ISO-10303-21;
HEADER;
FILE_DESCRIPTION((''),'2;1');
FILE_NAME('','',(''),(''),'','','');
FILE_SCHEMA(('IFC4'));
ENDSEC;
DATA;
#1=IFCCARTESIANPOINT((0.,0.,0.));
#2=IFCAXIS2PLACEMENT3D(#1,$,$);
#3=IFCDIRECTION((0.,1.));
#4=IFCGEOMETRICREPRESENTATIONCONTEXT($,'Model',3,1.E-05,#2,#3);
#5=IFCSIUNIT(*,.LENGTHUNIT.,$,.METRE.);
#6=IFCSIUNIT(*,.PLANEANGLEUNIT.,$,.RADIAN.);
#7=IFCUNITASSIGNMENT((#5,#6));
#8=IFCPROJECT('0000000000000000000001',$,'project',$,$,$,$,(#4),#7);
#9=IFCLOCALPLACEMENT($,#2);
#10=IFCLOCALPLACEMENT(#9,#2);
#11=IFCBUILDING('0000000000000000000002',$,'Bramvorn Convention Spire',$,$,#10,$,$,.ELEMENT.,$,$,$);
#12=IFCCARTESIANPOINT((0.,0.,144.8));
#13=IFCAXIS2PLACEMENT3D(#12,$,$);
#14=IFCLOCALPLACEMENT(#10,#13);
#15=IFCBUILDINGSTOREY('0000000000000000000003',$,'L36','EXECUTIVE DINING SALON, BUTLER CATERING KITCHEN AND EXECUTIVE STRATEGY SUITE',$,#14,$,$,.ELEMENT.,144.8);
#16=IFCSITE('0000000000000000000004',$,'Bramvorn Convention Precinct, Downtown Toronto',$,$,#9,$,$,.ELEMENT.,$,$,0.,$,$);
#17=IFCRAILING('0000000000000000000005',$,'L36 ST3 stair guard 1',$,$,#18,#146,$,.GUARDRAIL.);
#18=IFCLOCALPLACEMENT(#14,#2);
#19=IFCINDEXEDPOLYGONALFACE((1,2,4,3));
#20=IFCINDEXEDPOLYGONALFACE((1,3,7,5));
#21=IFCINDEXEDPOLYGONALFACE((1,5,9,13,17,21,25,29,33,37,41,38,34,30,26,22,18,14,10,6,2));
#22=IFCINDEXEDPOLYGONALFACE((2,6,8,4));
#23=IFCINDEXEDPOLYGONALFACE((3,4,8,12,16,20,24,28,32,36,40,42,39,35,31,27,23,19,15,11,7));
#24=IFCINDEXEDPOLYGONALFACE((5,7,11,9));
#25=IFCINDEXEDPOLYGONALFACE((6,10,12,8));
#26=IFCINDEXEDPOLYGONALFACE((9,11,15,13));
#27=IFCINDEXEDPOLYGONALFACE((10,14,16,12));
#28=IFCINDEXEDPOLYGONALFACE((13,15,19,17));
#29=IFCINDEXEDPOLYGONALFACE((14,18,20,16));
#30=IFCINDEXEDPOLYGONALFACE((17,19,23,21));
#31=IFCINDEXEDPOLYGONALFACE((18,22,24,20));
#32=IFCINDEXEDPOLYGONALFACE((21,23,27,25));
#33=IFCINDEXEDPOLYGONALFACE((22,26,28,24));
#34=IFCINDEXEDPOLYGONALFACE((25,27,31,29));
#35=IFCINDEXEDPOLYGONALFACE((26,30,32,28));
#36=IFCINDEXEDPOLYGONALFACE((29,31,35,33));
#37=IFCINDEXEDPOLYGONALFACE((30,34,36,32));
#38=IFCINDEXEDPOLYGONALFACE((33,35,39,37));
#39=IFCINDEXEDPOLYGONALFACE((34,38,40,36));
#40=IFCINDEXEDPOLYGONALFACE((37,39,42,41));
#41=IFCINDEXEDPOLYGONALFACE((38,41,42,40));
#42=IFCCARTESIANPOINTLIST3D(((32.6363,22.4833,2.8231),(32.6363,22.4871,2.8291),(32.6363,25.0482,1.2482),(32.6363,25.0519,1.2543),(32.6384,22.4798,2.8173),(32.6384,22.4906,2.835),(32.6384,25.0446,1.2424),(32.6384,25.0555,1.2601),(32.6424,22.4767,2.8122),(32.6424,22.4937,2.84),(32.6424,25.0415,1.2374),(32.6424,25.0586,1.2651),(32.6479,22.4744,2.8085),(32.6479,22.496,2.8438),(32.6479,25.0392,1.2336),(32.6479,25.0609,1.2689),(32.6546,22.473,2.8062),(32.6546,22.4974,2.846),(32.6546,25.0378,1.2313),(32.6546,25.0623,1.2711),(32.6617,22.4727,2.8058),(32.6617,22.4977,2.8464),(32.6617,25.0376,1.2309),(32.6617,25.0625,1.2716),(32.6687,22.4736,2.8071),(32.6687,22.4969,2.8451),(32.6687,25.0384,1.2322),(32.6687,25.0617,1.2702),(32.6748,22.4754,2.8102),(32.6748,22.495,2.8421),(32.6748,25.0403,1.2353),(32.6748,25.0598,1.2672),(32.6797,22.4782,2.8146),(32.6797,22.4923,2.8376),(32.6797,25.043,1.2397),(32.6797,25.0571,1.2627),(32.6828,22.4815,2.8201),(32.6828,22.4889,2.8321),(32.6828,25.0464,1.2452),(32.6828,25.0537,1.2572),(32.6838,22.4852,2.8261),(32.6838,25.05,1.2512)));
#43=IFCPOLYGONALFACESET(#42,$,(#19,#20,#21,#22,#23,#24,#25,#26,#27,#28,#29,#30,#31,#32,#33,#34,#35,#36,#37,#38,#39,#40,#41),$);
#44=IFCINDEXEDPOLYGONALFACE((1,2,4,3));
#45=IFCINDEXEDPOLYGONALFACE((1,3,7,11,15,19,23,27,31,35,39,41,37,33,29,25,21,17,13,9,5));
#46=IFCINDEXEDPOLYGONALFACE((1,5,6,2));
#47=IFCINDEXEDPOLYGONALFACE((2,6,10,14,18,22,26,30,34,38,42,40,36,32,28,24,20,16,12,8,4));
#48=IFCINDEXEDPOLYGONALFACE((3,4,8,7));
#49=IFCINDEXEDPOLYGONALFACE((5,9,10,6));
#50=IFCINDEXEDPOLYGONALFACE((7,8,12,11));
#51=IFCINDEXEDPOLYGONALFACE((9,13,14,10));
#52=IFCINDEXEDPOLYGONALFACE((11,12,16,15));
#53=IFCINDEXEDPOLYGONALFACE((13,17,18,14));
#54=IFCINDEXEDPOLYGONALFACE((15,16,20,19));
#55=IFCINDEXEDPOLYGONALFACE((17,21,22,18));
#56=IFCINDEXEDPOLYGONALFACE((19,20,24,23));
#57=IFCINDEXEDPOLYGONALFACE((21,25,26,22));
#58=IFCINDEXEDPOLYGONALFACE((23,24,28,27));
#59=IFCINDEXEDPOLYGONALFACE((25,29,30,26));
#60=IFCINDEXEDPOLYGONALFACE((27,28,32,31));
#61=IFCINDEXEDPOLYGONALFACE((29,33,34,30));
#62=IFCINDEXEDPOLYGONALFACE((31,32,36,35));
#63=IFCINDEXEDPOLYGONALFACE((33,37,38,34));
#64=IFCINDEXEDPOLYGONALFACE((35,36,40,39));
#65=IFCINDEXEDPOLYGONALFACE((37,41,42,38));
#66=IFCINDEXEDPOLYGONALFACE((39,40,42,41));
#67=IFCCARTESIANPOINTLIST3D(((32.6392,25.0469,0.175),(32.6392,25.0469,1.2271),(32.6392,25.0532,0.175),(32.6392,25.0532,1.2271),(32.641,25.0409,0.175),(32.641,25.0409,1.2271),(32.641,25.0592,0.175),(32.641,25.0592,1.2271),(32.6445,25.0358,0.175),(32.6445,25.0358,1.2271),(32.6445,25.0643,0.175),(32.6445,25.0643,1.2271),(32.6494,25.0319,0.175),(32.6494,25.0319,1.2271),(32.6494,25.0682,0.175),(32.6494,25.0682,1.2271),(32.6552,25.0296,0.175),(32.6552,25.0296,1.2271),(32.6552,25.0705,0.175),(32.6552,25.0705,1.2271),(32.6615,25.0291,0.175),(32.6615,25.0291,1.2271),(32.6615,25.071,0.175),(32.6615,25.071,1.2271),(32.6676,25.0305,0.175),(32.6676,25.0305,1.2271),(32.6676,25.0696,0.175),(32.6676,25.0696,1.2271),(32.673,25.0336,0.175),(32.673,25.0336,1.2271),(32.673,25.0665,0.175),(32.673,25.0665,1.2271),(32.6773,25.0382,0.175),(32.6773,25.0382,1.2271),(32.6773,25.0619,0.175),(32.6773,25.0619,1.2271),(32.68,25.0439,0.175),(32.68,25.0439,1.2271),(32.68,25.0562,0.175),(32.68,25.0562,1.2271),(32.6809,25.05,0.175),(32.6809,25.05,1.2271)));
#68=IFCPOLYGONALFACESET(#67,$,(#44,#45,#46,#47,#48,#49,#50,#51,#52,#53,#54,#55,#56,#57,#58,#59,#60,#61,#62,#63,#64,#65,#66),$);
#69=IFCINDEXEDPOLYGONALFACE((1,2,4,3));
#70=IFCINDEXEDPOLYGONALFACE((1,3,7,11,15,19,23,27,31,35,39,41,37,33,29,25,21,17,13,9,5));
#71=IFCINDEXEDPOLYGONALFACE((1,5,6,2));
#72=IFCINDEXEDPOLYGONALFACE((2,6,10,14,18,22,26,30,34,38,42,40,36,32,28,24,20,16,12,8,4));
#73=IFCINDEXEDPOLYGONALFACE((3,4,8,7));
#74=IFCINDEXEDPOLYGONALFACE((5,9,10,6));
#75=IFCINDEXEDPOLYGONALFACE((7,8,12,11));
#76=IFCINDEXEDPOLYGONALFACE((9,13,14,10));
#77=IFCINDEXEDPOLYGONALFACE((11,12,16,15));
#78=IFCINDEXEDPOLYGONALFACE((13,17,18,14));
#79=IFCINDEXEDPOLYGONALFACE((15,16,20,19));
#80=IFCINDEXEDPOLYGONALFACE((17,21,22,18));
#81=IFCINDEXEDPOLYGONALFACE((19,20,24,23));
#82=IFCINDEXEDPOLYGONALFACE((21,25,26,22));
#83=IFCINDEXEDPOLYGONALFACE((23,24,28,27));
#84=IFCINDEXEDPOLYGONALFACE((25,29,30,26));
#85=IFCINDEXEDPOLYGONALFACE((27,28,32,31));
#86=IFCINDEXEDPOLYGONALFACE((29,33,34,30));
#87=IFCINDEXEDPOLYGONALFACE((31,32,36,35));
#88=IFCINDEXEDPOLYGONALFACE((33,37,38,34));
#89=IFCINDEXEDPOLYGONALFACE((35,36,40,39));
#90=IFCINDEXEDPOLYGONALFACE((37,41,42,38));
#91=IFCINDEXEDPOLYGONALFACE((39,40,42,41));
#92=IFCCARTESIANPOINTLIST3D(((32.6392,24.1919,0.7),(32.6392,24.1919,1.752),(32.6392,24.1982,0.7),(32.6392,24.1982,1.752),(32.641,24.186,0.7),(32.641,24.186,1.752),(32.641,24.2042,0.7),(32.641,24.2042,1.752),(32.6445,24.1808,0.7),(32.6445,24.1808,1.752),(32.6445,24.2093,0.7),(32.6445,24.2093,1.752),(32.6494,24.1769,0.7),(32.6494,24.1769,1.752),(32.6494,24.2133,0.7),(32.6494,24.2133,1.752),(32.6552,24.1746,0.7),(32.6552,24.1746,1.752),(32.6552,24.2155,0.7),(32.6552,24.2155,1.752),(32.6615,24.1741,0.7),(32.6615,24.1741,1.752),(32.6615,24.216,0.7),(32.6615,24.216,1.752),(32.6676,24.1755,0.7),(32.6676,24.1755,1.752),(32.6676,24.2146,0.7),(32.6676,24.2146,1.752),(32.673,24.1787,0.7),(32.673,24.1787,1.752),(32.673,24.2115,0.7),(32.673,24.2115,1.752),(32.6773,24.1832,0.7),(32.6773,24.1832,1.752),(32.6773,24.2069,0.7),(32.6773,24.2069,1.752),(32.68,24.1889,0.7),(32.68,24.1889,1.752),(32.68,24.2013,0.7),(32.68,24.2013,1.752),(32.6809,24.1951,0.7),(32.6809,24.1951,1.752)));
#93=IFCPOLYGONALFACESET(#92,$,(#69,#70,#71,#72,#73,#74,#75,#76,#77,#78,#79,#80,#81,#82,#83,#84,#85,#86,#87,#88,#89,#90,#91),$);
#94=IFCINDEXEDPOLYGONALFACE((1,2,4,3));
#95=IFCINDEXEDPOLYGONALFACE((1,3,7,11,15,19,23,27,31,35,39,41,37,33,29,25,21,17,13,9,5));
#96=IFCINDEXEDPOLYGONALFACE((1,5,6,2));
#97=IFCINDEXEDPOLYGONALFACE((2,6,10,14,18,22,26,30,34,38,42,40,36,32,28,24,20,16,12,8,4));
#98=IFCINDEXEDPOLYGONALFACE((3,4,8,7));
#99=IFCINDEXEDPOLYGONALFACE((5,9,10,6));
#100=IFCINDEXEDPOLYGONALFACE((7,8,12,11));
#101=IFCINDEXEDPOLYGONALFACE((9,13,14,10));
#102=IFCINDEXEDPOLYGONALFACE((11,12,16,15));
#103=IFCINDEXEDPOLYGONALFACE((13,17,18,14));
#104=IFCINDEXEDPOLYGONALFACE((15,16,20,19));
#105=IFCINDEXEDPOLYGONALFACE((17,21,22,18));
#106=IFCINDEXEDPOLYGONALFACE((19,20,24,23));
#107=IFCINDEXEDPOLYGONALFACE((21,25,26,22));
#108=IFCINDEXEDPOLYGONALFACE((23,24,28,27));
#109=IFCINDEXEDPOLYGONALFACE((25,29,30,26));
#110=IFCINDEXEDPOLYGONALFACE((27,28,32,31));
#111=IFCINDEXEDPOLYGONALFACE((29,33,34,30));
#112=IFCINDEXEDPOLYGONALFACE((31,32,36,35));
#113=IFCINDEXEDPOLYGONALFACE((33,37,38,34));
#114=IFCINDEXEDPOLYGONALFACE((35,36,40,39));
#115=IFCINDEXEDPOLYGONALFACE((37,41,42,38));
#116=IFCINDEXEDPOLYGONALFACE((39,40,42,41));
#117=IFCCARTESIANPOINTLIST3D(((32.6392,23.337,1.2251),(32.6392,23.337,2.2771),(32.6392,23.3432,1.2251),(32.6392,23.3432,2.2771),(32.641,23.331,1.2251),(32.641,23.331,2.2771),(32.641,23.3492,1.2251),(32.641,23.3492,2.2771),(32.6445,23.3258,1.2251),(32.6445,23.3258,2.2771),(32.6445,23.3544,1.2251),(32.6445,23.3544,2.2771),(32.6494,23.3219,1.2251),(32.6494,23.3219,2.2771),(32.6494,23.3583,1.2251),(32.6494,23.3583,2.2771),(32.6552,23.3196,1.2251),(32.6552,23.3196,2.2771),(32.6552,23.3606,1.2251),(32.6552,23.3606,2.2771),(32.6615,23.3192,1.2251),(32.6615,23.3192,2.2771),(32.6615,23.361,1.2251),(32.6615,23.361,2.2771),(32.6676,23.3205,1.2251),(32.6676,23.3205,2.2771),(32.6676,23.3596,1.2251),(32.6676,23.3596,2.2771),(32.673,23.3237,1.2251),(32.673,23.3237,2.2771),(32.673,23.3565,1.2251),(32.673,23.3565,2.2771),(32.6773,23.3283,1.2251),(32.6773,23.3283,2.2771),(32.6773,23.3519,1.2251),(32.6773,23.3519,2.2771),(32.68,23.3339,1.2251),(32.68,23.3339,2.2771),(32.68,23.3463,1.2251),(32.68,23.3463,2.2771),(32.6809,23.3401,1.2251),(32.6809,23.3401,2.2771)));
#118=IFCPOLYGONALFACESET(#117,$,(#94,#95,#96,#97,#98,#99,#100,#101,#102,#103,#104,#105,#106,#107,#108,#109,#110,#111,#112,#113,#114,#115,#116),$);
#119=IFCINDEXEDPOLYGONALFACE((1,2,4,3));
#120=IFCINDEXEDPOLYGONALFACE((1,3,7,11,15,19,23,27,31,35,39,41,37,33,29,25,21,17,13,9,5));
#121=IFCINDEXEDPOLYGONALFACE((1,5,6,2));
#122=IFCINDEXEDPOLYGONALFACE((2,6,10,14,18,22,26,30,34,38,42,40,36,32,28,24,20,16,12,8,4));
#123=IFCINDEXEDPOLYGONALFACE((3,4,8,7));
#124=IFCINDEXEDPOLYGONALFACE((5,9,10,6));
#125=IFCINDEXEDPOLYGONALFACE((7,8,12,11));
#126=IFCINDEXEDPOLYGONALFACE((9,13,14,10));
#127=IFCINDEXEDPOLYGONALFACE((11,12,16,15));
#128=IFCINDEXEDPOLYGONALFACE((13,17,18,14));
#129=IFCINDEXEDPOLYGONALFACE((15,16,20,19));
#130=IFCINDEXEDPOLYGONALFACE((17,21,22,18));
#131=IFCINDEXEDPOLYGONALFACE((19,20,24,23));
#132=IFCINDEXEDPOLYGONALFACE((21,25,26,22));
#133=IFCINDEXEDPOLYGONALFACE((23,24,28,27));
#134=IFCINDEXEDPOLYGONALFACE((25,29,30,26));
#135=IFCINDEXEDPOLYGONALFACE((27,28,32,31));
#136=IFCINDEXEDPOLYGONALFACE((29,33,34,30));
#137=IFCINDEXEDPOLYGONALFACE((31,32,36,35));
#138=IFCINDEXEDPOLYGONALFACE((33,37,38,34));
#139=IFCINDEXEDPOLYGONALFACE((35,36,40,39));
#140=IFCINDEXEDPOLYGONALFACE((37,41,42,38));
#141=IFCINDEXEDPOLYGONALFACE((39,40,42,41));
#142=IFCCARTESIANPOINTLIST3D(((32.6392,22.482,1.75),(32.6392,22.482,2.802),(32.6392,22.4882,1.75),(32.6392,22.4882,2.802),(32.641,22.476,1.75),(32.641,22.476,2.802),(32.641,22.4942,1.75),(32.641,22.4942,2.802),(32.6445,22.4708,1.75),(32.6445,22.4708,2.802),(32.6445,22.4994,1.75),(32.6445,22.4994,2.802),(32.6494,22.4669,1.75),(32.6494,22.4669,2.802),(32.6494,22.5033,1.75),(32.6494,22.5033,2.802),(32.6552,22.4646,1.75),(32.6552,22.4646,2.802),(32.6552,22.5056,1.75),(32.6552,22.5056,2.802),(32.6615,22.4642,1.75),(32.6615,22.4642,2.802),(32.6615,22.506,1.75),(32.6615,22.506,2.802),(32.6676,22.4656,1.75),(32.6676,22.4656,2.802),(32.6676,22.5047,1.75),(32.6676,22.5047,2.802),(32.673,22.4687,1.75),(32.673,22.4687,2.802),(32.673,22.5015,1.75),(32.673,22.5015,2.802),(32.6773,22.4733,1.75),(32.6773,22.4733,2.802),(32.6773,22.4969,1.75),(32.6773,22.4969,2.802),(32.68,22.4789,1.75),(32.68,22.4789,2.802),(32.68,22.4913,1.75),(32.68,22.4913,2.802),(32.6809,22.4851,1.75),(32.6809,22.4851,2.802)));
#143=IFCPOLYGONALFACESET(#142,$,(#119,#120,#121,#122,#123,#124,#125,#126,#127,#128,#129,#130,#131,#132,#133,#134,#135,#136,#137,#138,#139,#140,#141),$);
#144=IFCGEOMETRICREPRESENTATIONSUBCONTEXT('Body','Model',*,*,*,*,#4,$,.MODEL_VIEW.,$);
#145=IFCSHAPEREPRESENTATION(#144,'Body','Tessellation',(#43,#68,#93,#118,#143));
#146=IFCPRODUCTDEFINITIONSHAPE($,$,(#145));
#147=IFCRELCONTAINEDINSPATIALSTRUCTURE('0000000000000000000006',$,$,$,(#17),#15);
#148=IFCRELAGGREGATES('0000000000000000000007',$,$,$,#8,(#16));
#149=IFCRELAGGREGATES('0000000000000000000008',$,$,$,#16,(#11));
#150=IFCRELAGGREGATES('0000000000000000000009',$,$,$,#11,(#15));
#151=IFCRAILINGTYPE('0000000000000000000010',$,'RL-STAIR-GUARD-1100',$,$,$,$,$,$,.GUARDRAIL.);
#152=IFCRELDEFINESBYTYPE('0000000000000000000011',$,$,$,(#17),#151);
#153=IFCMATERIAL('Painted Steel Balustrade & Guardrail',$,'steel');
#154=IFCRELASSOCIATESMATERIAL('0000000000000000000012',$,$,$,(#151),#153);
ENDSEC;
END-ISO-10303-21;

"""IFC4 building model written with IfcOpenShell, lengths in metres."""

from ifc_helpers import new_model, si_unit, direction, frame, origin, origin_2d, place, context, subcontext, project, spatial, circle, extrude, material, type_object, element, save


model = new_model("IFC4")

# Units and contexts
model_context = context("Model", 3, precision=1e-05, world=origin(), true_north=direction((0.0, 1.0)))
body_context = subcontext(model_context, "Body", "Model", "MODEL_VIEW")
ifc_project = project(units=[si_unit("LENGTHUNIT", "METRE"), si_unit("PLANEANGLEUNIT", "RADIAN")], contexts=[model_context])

# Site, building, storey
site_placement = place(None, origin())
site = spatial("IfcSite", under=ifc_project, at=site_placement, Name="Bramvorn Convention Precinct, Downtown Toronto", CompositionType="ELEMENT", RefElevation=0.0)
building_placement = place(site_placement, origin())
building = spatial("IfcBuilding", under=site, at=building_placement, Name="Bramvorn Convention Spire", CompositionType="ELEMENT")
storey_placement = place(building_placement, frame((0.0, 0.0, 144.8)))
storey = spatial("IfcBuildingStorey", under=building, at=storey_placement, Name="L36", Description="EXECUTIVE DINING SALON, BUTLER CATERING KITCHEN AND EXECUTIVE STRATEGY SUITE", CompositionType="ELEMENT", Elevation=144.8)

# Railing
ifc_material_1 = material(Name="Painted Steel Balustrade & Guardrail", Category="steel")
railing_type_1 = type_object("IfcRailingType", Name="RL-STAIR-GUARD-1100", PredefinedType="GUARDRAIL", material=ifc_material_1)
railing_1_placement = place(storey_placement, frame((32.6599, 25.05, 0.175)))
element("IfcRailing", 1, at=railing_1_placement, inside=storey, type_object=railing_type_1, Name="L36 ST3 stair guard 1", PredefinedType="GUARDRAIL", context=body_context, shape_type="SweptSolid", body=[
    extrude(circle(Radius=0.0239, at=origin_2d()), frame((0.0, 0.0, 1.0762), z_axis=(0.0, -0.852173, 0.52326), x_axis=(1.0, 0.0, 0.0)), (0.0, 0.0, 1.0), 3.0098),
    extrude(circle(Radius=0.021, at=origin_2d()), origin(), (0.0, 0.0, 1.0), 1.052),
    extrude(circle(Radius=0.021, at=origin_2d()), frame((0.0, -0.855, 0.5249)), (0.0, 0.0, 1.0), 1.052),
    extrude(circle(Radius=0.021, at=origin_2d()), frame((0.0, -1.71, 1.05)), (0.0, 0.0, 1.0), 1.052),
    extrude(circle(Radius=0.021, at=origin_2d()), frame((0.0, -2.5649, 1.575)), (0.0, 0.0, 1.0), 1.052),
])

save(model, "model.ifc")
